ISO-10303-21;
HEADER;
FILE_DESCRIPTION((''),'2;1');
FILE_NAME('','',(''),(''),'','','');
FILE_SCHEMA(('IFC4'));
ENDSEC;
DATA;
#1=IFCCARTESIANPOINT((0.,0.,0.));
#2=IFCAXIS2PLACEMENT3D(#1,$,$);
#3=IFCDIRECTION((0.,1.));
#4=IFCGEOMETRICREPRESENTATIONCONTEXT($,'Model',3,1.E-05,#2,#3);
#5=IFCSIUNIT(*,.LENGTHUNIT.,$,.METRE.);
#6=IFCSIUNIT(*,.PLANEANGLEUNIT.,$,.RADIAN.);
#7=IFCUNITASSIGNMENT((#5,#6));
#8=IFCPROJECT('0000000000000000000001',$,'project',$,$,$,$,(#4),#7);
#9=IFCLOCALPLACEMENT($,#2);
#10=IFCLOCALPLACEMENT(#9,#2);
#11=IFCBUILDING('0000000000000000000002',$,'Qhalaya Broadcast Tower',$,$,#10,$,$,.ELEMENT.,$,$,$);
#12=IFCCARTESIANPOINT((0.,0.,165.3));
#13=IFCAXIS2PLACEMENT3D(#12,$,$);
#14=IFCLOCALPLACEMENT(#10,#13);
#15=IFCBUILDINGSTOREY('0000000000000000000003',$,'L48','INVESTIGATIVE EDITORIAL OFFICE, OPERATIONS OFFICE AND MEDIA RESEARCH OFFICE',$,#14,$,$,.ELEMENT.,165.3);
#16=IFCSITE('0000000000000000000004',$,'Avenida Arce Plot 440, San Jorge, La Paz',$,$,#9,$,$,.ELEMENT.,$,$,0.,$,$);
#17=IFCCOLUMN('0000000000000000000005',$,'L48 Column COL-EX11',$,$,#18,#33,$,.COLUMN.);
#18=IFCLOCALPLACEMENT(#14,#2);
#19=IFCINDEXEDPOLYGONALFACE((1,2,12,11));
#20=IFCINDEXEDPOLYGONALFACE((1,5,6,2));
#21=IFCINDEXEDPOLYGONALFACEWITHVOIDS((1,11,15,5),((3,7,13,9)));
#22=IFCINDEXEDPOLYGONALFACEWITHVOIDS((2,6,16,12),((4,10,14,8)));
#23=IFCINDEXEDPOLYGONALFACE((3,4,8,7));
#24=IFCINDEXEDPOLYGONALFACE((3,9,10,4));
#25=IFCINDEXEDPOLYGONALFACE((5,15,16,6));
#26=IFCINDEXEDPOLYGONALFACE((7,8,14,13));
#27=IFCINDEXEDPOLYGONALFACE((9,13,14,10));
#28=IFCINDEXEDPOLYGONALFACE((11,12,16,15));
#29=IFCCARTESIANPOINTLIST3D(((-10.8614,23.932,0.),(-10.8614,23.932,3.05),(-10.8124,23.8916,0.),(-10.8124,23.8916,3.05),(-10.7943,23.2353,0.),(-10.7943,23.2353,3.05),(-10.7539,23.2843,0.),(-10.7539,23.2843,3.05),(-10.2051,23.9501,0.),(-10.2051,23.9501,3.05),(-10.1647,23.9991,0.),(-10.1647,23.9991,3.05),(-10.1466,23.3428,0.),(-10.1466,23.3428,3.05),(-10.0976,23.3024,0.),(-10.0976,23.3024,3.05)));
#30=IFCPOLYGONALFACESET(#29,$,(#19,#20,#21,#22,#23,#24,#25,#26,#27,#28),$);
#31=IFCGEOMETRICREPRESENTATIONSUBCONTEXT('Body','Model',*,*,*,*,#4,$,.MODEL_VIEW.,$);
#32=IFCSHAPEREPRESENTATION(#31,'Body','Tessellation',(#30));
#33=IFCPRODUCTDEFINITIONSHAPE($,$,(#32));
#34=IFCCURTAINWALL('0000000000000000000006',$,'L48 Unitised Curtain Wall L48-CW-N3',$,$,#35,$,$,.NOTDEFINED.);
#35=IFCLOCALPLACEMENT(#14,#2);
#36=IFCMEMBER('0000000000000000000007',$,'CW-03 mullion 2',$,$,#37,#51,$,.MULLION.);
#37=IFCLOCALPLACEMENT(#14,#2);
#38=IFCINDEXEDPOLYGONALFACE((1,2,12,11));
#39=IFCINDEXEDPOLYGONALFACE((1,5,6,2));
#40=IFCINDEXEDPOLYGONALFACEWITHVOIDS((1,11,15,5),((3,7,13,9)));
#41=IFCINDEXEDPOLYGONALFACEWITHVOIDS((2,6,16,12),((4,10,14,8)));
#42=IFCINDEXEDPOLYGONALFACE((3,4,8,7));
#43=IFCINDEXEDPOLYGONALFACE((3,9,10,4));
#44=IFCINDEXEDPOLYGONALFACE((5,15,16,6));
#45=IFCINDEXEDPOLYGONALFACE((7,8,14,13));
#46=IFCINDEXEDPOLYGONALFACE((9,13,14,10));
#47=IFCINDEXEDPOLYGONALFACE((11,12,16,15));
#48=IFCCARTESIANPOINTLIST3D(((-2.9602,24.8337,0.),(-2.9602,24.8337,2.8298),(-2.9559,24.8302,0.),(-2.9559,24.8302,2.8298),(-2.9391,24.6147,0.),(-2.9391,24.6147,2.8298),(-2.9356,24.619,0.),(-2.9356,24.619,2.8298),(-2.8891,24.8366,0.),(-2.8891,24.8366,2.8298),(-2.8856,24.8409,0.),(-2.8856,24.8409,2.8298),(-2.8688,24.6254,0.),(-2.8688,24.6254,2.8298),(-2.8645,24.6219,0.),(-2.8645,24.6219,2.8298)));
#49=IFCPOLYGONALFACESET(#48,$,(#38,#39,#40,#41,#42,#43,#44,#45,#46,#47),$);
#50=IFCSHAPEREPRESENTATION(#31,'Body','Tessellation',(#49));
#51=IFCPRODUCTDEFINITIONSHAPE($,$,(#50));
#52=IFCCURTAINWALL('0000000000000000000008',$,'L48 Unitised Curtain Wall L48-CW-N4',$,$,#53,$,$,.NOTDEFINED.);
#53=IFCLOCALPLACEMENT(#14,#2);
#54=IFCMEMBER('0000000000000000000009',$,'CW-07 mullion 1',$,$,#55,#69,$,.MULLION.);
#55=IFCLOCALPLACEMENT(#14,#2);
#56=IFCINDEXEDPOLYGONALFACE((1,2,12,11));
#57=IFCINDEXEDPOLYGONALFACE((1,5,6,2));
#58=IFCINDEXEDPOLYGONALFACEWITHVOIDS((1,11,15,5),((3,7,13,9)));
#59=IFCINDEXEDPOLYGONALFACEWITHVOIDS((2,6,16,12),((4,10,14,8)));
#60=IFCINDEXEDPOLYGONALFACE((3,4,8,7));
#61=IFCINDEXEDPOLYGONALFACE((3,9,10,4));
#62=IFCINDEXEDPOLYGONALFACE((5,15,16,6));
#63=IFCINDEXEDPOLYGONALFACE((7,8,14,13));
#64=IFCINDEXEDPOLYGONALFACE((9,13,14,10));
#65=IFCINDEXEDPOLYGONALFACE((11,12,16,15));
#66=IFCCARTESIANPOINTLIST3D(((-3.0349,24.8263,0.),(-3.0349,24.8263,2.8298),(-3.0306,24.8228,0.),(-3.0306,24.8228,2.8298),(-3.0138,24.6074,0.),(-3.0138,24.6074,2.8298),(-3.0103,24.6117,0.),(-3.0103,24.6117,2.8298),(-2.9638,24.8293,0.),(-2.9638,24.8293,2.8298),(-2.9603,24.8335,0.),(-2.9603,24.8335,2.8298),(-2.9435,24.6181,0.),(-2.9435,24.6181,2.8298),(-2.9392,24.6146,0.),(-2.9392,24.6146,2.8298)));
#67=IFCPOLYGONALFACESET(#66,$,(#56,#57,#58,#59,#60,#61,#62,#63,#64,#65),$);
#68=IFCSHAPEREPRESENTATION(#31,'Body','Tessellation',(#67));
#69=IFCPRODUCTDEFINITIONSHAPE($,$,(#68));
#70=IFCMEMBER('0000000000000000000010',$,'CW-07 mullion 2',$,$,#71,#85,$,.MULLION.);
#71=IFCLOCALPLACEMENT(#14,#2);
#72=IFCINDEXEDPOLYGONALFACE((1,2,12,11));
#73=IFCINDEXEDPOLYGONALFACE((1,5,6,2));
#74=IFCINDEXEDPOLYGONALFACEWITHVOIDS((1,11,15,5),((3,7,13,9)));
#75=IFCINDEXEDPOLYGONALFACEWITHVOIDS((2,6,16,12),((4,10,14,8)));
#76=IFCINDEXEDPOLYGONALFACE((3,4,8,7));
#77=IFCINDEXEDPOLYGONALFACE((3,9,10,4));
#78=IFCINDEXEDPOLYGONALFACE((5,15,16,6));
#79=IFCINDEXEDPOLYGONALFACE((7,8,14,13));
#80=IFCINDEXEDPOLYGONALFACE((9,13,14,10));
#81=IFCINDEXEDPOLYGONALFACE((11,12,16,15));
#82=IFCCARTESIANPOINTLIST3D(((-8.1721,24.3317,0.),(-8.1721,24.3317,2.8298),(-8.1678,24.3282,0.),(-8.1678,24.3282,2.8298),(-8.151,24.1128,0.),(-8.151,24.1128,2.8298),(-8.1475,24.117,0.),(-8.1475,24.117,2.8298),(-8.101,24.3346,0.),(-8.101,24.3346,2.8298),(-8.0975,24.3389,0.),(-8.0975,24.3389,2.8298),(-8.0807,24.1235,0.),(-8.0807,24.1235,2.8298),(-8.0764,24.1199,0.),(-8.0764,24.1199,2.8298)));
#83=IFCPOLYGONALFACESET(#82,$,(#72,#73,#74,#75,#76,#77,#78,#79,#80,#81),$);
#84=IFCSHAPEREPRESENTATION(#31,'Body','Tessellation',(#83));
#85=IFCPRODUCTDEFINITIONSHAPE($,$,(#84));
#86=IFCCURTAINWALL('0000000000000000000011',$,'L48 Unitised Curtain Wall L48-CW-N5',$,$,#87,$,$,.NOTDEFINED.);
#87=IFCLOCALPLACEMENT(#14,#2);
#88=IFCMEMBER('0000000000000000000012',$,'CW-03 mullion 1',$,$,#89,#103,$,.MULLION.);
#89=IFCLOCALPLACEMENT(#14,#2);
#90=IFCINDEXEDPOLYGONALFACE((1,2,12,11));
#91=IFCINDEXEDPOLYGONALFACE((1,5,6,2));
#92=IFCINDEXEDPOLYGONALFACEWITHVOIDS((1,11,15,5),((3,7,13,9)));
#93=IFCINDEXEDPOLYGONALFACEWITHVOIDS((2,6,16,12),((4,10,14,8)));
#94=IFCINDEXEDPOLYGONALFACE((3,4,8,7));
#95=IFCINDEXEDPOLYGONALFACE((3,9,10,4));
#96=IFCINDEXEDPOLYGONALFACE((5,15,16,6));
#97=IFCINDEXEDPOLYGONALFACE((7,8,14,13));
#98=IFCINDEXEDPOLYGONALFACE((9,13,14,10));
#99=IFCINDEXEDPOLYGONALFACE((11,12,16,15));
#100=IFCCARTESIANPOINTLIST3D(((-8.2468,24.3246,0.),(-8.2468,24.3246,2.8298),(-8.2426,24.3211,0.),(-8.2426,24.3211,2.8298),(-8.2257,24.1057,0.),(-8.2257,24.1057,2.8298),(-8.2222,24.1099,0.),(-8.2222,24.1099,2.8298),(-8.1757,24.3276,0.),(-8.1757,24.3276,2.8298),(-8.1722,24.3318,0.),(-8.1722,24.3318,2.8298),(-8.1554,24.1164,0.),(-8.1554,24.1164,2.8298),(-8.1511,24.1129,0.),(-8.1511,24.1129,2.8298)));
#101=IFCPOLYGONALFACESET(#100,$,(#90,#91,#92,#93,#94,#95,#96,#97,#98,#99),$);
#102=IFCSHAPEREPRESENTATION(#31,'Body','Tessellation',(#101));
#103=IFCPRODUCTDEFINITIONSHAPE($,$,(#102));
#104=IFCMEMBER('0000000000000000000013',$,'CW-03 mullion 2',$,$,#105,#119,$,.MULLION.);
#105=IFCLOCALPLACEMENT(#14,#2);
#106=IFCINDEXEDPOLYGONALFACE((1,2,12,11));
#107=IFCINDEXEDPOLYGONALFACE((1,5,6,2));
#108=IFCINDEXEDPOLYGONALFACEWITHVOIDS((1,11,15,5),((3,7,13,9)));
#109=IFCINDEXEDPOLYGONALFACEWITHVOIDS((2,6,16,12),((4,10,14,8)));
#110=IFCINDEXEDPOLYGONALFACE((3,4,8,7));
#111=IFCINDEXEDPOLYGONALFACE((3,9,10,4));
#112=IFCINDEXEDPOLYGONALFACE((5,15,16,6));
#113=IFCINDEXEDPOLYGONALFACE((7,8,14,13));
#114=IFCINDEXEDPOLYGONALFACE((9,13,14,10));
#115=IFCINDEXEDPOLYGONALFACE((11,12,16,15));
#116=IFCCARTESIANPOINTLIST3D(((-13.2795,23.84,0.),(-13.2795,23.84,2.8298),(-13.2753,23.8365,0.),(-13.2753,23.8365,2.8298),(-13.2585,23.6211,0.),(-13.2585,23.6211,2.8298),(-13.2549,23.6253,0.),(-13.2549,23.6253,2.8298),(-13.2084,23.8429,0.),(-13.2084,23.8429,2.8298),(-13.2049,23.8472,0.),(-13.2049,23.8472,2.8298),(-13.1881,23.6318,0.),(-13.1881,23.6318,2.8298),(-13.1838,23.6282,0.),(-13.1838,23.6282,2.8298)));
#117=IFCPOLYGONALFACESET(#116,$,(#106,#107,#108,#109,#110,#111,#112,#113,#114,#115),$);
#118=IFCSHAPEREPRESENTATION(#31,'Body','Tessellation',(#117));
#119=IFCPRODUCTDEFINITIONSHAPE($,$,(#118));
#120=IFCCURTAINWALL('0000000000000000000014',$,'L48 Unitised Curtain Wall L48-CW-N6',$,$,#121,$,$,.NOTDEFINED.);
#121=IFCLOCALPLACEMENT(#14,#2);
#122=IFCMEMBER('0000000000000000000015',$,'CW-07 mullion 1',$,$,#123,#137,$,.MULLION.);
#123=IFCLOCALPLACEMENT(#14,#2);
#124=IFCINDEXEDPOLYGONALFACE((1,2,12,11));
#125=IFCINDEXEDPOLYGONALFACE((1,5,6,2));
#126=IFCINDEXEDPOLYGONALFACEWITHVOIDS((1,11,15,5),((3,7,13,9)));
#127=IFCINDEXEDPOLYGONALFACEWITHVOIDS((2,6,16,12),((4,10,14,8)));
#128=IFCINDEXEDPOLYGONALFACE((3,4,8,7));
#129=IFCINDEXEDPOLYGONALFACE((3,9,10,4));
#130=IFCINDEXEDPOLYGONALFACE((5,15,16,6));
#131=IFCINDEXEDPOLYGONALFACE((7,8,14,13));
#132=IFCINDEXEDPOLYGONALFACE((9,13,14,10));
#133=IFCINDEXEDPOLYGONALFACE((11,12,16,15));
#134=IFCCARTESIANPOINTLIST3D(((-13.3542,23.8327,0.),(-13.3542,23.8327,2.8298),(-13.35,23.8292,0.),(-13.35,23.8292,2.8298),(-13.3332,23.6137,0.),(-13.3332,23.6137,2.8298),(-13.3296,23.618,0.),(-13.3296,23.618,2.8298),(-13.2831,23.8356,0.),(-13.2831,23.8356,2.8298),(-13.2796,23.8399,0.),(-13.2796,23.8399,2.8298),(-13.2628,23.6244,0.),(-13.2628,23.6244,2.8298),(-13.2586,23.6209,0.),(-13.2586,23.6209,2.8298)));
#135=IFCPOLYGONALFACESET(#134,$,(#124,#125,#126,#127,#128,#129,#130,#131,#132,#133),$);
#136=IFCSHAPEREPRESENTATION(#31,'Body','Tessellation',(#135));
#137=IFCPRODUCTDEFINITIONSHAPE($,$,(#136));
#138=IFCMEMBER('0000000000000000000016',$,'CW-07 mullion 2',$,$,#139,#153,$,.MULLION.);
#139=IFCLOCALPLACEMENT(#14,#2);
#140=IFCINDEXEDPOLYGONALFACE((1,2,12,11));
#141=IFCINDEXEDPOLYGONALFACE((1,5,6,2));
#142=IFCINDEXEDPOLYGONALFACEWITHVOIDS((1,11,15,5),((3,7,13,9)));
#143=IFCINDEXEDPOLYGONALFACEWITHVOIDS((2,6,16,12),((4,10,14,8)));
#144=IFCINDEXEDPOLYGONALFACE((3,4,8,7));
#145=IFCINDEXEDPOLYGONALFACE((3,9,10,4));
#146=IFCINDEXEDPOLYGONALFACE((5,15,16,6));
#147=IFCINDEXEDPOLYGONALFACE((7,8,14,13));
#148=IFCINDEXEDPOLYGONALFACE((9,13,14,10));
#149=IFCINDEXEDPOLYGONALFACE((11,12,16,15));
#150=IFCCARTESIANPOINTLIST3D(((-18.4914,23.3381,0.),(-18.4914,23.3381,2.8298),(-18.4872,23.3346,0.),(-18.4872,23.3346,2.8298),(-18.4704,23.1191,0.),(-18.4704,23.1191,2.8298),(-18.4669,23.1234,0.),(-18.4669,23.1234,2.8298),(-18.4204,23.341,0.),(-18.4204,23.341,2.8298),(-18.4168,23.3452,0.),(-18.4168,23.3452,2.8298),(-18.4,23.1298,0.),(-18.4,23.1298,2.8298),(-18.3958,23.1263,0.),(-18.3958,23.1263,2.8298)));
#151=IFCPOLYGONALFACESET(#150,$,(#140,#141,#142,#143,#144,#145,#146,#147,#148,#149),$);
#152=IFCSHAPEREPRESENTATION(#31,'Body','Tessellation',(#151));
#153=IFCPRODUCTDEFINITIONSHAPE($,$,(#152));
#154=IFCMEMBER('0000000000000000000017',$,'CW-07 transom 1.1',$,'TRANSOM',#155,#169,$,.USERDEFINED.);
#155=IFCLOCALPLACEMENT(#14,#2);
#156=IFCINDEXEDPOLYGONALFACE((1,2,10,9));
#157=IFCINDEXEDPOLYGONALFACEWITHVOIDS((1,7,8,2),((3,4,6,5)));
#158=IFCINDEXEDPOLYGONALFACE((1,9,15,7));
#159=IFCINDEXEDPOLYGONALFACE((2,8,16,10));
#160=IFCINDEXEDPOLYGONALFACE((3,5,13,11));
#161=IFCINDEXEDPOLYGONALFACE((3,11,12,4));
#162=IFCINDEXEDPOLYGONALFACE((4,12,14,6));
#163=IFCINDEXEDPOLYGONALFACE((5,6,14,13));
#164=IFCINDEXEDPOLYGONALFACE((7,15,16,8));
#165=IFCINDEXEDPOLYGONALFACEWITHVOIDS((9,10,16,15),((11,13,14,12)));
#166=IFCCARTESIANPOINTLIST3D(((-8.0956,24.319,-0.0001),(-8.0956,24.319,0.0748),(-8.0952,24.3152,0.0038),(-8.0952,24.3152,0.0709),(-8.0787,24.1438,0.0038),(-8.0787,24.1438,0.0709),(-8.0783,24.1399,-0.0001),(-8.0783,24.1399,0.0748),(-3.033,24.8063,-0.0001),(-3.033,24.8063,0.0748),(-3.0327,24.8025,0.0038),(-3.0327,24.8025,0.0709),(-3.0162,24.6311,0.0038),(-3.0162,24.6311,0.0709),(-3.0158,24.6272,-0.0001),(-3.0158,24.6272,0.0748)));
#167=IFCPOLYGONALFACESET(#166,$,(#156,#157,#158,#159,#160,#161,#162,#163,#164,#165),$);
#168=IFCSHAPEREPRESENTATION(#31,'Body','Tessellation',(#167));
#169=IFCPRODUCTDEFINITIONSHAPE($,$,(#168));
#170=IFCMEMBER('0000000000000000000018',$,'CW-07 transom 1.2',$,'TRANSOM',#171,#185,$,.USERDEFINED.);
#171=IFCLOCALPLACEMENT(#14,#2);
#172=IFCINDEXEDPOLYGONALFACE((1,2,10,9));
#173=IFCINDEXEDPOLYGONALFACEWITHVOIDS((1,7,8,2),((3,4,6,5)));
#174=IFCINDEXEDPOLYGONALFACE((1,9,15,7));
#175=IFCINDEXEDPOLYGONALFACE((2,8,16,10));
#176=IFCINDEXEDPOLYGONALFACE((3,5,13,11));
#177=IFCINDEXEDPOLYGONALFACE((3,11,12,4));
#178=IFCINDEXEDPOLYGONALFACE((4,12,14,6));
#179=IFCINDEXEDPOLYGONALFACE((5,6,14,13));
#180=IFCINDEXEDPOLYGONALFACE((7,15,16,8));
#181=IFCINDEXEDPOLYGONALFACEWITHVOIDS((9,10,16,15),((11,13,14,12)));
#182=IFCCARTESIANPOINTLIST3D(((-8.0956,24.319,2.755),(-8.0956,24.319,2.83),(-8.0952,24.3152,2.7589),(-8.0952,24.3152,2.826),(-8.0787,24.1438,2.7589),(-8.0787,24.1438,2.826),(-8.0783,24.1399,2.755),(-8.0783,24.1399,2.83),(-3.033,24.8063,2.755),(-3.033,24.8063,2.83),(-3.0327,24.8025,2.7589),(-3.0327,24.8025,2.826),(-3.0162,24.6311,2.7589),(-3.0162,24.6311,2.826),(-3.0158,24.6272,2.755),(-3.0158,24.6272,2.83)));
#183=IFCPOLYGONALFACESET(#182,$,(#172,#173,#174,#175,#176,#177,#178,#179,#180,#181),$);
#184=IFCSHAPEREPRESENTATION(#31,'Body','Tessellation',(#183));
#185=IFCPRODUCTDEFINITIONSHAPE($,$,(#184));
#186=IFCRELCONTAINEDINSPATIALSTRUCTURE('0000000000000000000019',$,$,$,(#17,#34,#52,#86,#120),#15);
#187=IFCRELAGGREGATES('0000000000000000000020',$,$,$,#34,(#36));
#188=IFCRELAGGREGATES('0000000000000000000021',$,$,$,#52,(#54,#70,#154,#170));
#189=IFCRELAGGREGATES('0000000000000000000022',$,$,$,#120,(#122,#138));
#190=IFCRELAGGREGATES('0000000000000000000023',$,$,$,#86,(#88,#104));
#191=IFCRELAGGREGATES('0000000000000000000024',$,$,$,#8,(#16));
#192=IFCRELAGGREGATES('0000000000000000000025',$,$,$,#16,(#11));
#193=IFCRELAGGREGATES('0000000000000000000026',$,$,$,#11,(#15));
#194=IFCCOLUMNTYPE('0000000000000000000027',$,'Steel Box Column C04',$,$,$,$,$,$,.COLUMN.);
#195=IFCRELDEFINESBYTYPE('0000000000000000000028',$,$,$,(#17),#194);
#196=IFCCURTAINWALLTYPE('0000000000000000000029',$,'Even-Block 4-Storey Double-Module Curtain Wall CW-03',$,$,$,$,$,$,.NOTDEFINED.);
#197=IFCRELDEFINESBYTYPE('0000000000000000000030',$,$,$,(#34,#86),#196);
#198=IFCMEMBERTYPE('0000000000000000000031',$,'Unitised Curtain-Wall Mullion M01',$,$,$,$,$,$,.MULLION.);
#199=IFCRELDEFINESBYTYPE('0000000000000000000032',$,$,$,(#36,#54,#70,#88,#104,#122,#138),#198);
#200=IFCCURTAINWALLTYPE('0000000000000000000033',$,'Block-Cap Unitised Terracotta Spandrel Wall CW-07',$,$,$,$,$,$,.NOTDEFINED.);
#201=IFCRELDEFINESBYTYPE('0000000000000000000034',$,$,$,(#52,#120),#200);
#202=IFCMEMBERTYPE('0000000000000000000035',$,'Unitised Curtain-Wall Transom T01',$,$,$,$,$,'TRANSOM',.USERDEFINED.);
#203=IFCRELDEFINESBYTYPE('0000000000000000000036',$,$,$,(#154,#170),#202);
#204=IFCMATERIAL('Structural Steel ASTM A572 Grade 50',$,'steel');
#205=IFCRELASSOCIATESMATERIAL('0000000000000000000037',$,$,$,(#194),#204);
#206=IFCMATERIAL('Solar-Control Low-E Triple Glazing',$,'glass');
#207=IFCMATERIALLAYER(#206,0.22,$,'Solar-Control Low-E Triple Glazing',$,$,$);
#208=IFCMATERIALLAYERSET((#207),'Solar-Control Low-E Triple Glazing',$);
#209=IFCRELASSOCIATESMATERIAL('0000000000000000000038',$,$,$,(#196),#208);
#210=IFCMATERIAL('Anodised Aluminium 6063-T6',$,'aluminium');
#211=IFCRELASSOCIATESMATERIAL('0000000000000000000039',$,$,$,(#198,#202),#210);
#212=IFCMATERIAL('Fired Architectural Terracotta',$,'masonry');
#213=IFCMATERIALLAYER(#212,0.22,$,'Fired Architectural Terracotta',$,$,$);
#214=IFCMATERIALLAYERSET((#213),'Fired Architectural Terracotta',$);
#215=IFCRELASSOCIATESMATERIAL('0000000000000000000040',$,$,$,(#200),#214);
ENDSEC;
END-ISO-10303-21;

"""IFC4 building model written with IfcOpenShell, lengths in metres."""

from ifc_helpers import new_model, si_unit, direction, frame, origin, origin_2d, place, context, subcontext, project, spatial, hollow_rectangle, extrude, material, layer, layer_set, material_profile, profile_set, type_object, element, aggregate, save


model = new_model("IFC4")

# Units and contexts
model_context = context("Model", 3, precision=1e-05, world=origin(), true_north=direction((0.0, 1.0)))
body_context = subcontext(model_context, "Body", "Model", "MODEL_VIEW")
ifc_project = project(units=[si_unit("LENGTHUNIT", "METRE"), si_unit("PLANEANGLEUNIT", "RADIAN")], contexts=[model_context])

# Site, building, storey
site_placement = place(None, origin())
site = spatial("IfcSite", under=ifc_project, at=site_placement, Name="Avenida Arce Plot 440, San Jorge, La Paz", CompositionType="ELEMENT", RefElevation=0.0)
building_placement = place(site_placement, origin())
building = spatial("IfcBuilding", under=site, at=building_placement, Name="Qhalaya Broadcast Tower", CompositionType="ELEMENT")
storey_placement = place(building_placement, frame((0.0, 0.0, 165.3)))
storey = spatial("IfcBuildingStorey", under=building, at=storey_placement, Name="L48", Description="INVESTIGATIVE EDITORIAL OFFICE, OPERATIONS OFFICE AND MEDIA RESEARCH OFFICE", CompositionType="ELEMENT", Elevation=165.3)

# Column
ifc_material_1 = material(Name="Structural Steel ASTM A572 Grade 50", Category="steel")
ifc_material_profile_1 = material_profile(ifc_material_1, hollow_rectangle(XDim=0.7, YDim=0.7, WallThickness=0.0449, at=origin_2d()), Name="BOX 700x700x45")
ifc_profile_set_1 = profile_set([ifc_material_profile_1], Name="Structural Steel ASTM A572 Grade 50")
column_type = type_object("IfcColumnType", Name="Steel Box Column C04", PredefinedType="COLUMN", material=ifc_profile_set_1)
column_placement = place(storey_placement, frame((-10.4795, 23.6172, 0.0), z_axis=(0.0, 0.0, 1.0), x_axis=(0.995396, 0.095846, 0.0)))
element("IfcColumn", 1, at=column_placement, inside=storey, type_object=column_type, Name="L48 Column COL-EX11", PredefinedType="COLUMN", context=body_context, shape_type="SweptSolid", body=[
    extrude(hollow_rectangle(XDim=0.7, YDim=0.7, WallThickness=0.0449, at=origin_2d()), origin(), (0.0, 0.0, 1.0), 3.05),
])

# Curtain wall, member
ifc_material_2 = material(Name="Solar-Control Low-E Triple Glazing", Category="glass")
ifc_layer_1 = layer(ifc_material_2, 0.22, Name="Solar-Control Low-E Triple Glazing")
ifc_layer_set_1 = layer_set([ifc_layer_1], Name="Solar-Control Low-E Triple Glazing")
curtain_wall_type_1 = type_object("IfcCurtainWallType", Name="Even-Block 4-Storey Double-Module Curtain Wall CW-03", PredefinedType="NOTDEFINED", material=ifc_layer_set_1)
curtain_wall_1_placement = place(storey_placement, origin())
curtain_wall_1 = element("IfcCurtainWall", 2, at=curtain_wall_1_placement, inside=storey, type_object=curtain_wall_type_1, Name="L48 Unitised Curtain Wall L48-CW-N3", PredefinedType="NOTDEFINED")
ifc_material_3 = material(Name="Anodised Aluminium 6063-T6", Category="aluminium")
ifc_material_profile_2 = material_profile(ifc_material_3, hollow_rectangle(XDim=0.075, YDim=0.22, WallThickness=0.0039, at=origin_2d()), Name="ALU-MUL 75x220x4")
ifc_profile_set_2 = profile_set([ifc_material_profile_2], Name="Anodised Aluminium 6063-T6")
member_type_1 = type_object("IfcMemberType", Name="Unitised Curtain-Wall Mullion M01", PredefinedType="MULLION", material=ifc_profile_set_2)
member_1_placement = place(storey_placement, frame((-2.9124, 24.7278, 0.0), z_axis=(0.0, 0.0, 1.0), x_axis=(-0.995396, -0.095848, 0.0)))
member_1 = element("IfcMember", 3, at=member_1_placement, type_object=member_type_1, Name="CW-03 mullion 2", PredefinedType="MULLION", context=body_context, shape_type="SweptSolid", body=[
    extrude(hollow_rectangle(XDim=0.075, YDim=0.22, WallThickness=0.0039, at=origin_2d()), origin(), (0.0, 0.0, 1.0), 2.8298),
])
aggregate(curtain_wall_1, [member_1])

# Curtain walls, members
ifc_material_4 = material(Name="Fired Architectural Terracotta", Category="masonry")
ifc_layer_2 = layer(ifc_material_4, 0.22, Name="Fired Architectural Terracotta")
ifc_layer_set_2 = layer_set([ifc_layer_2], Name="Fired Architectural Terracotta")
curtain_wall_type_2 = type_object("IfcCurtainWallType", Name="Block-Cap Unitised Terracotta Spandrel Wall CW-07", PredefinedType="NOTDEFINED", material=ifc_layer_set_2)
curtain_wall_2_placement = place(storey_placement, origin())
curtain_wall_2 = element("IfcCurtainWall", 4, at=curtain_wall_2_placement, inside=storey, type_object=curtain_wall_type_2, Name="L48 Unitised Curtain Wall L48-CW-N4", PredefinedType="NOTDEFINED")
member_2_placement = place(storey_placement, frame((-2.9871, 24.7205, 0.0), z_axis=(0.0, 0.0, 1.0), x_axis=(-0.995397, -0.095837, 0.0)))
member_2 = element("IfcMember", 5, at=member_2_placement, type_object=member_type_1, Name="CW-07 mullion 1", PredefinedType="MULLION", context=body_context, shape_type="SweptSolid", body=[
    extrude(hollow_rectangle(XDim=0.075, YDim=0.22, WallThickness=0.0039, at=origin_2d()), origin(), (0.0, 0.0, 1.0), 2.8298),
])
member_3_placement = place(storey_placement, frame((-8.1243, 24.2258, 0.0), z_axis=(0.0, 0.0, 1.0), x_axis=(-0.995397, -0.095837, 0.0)))
member_3 = element("IfcMember", 6, at=member_3_placement, type_object=member_type_1, Name="CW-07 mullion 2", PredefinedType="MULLION", context=body_context, shape_type="SweptSolid", body=[
    extrude(hollow_rectangle(XDim=0.075, YDim=0.22, WallThickness=0.0039, at=origin_2d()), origin(), (0.0, 0.0, 1.0), 2.8298),
])
curtain_wall_3_placement = place(storey_placement, origin())
curtain_wall_3 = element("IfcCurtainWall", 7, at=curtain_wall_3_placement, inside=storey, type_object=curtain_wall_type_1, Name="L48 Unitised Curtain Wall L48-CW-N5", PredefinedType="NOTDEFINED")
member_4_placement = place(storey_placement, frame((-8.199, 24.2188, 0.0), z_axis=(0.0, 0.0, 1.0), x_axis=(-0.995396, -0.095848, 0.0)))
member_4 = element("IfcMember", 8, at=member_4_placement, type_object=member_type_1, Name="CW-03 mullion 1", PredefinedType="MULLION", context=body_context, shape_type="SweptSolid", body=[
    extrude(hollow_rectangle(XDim=0.075, YDim=0.22, WallThickness=0.0039, at=origin_2d()), origin(), (0.0, 0.0, 1.0), 2.8298),
])
member_5_placement = place(storey_placement, frame((-13.2317, 23.7341, 0.0), z_axis=(0.0, 0.0, 1.0), x_axis=(-0.995396, -0.095848, 0.0)))
member_5 = element("IfcMember", 9, at=member_5_placement, type_object=member_type_1, Name="CW-03 mullion 2", PredefinedType="MULLION", context=body_context, shape_type="SweptSolid", body=[
    extrude(hollow_rectangle(XDim=0.075, YDim=0.22, WallThickness=0.0039, at=origin_2d()), origin(), (0.0, 0.0, 1.0), 2.8298),
])
curtain_wall_4_placement = place(storey_placement, origin())
curtain_wall_4 = element("IfcCurtainWall", 10, at=curtain_wall_4_placement, inside=storey, type_object=curtain_wall_type_2, Name="L48 Unitised Curtain Wall L48-CW-N6", PredefinedType="NOTDEFINED")
member_6_placement = place(storey_placement, frame((-13.3064, 23.7268, 0.0), z_axis=(0.0, 0.0, 1.0), x_axis=(-0.995395, -0.095855, 0.0)))
member_6 = element("IfcMember", 11, at=member_6_placement, type_object=member_type_1, Name="CW-07 mullion 1", PredefinedType="MULLION", context=body_context, shape_type="SweptSolid", body=[
    extrude(hollow_rectangle(XDim=0.075, YDim=0.22, WallThickness=0.0039, at=origin_2d()), origin(), (0.0, 0.0, 1.0), 2.8298),
])
member_7_placement = place(storey_placement, frame((-18.4436, 23.2322, 0.0), z_axis=(0.0, 0.0, 1.0), x_axis=(-0.995395, -0.095855, 0.0)))
member_7 = element("IfcMember", 12, at=member_7_placement, type_object=member_type_1, Name="CW-07 mullion 2", PredefinedType="MULLION", context=body_context, shape_type="SweptSolid", body=[
    extrude(hollow_rectangle(XDim=0.075, YDim=0.22, WallThickness=0.0039, at=origin_2d()), origin(), (0.0, 0.0, 1.0), 2.8298),
])

# Members
ifc_material_profile_3 = material_profile(ifc_material_3, hollow_rectangle(XDim=0.075, YDim=0.1799, WallThickness=0.0039, at=origin_2d()), Name="ALU-TRN 75x180x4")
ifc_profile_set_3 = profile_set([ifc_material_profile_3], Name="Anodised Aluminium 6063-T6")
member_type_2 = type_object("IfcMemberType", Name="Unitised Curtain-Wall Transom T01", ElementType="TRANSOM", PredefinedType="USERDEFINED", material=ifc_profile_set_3)
member_8_placement = place(storey_placement, frame((-3.0244, 24.7168, 0.0374), z_axis=(-0.995399, -0.095815, 0.0), x_axis=(0.0, 0.0, 1.0)))
member_8 = element("IfcMember", 13, at=member_8_placement, type_object=member_type_2, Name="CW-07 transom 1.1", ObjectType="TRANSOM", PredefinedType="USERDEFINED", context=body_context, shape_type="SweptSolid", body=[
    extrude(hollow_rectangle(XDim=0.075, YDim=0.1799, WallThickness=0.0039, at=origin_2d()), origin(), (0.0, 0.0, 1.0), 5.0859),
])
member_9_placement = place(storey_placement, frame((-3.0244, 24.7168, 2.7925), z_axis=(-0.995399, -0.095815, 0.0), x_axis=(0.0, 0.0, 1.0)))
member_9 = element("IfcMember", 14, at=member_9_placement, type_object=member_type_2, Name="CW-07 transom 1.2", ObjectType="TRANSOM", PredefinedType="USERDEFINED", context=body_context, shape_type="SweptSolid", body=[
    extrude(hollow_rectangle(XDim=0.075, YDim=0.1799, WallThickness=0.0039, at=origin_2d()), origin(), (0.0, 0.0, 1.0), 5.0859),
])

aggregate(curtain_wall_2, [member_2, member_3, member_8, member_9])
aggregate(curtain_wall_4, [member_6, member_7])
aggregate(curtain_wall_3, [member_4, member_5])

save(model, "model.ifc")
